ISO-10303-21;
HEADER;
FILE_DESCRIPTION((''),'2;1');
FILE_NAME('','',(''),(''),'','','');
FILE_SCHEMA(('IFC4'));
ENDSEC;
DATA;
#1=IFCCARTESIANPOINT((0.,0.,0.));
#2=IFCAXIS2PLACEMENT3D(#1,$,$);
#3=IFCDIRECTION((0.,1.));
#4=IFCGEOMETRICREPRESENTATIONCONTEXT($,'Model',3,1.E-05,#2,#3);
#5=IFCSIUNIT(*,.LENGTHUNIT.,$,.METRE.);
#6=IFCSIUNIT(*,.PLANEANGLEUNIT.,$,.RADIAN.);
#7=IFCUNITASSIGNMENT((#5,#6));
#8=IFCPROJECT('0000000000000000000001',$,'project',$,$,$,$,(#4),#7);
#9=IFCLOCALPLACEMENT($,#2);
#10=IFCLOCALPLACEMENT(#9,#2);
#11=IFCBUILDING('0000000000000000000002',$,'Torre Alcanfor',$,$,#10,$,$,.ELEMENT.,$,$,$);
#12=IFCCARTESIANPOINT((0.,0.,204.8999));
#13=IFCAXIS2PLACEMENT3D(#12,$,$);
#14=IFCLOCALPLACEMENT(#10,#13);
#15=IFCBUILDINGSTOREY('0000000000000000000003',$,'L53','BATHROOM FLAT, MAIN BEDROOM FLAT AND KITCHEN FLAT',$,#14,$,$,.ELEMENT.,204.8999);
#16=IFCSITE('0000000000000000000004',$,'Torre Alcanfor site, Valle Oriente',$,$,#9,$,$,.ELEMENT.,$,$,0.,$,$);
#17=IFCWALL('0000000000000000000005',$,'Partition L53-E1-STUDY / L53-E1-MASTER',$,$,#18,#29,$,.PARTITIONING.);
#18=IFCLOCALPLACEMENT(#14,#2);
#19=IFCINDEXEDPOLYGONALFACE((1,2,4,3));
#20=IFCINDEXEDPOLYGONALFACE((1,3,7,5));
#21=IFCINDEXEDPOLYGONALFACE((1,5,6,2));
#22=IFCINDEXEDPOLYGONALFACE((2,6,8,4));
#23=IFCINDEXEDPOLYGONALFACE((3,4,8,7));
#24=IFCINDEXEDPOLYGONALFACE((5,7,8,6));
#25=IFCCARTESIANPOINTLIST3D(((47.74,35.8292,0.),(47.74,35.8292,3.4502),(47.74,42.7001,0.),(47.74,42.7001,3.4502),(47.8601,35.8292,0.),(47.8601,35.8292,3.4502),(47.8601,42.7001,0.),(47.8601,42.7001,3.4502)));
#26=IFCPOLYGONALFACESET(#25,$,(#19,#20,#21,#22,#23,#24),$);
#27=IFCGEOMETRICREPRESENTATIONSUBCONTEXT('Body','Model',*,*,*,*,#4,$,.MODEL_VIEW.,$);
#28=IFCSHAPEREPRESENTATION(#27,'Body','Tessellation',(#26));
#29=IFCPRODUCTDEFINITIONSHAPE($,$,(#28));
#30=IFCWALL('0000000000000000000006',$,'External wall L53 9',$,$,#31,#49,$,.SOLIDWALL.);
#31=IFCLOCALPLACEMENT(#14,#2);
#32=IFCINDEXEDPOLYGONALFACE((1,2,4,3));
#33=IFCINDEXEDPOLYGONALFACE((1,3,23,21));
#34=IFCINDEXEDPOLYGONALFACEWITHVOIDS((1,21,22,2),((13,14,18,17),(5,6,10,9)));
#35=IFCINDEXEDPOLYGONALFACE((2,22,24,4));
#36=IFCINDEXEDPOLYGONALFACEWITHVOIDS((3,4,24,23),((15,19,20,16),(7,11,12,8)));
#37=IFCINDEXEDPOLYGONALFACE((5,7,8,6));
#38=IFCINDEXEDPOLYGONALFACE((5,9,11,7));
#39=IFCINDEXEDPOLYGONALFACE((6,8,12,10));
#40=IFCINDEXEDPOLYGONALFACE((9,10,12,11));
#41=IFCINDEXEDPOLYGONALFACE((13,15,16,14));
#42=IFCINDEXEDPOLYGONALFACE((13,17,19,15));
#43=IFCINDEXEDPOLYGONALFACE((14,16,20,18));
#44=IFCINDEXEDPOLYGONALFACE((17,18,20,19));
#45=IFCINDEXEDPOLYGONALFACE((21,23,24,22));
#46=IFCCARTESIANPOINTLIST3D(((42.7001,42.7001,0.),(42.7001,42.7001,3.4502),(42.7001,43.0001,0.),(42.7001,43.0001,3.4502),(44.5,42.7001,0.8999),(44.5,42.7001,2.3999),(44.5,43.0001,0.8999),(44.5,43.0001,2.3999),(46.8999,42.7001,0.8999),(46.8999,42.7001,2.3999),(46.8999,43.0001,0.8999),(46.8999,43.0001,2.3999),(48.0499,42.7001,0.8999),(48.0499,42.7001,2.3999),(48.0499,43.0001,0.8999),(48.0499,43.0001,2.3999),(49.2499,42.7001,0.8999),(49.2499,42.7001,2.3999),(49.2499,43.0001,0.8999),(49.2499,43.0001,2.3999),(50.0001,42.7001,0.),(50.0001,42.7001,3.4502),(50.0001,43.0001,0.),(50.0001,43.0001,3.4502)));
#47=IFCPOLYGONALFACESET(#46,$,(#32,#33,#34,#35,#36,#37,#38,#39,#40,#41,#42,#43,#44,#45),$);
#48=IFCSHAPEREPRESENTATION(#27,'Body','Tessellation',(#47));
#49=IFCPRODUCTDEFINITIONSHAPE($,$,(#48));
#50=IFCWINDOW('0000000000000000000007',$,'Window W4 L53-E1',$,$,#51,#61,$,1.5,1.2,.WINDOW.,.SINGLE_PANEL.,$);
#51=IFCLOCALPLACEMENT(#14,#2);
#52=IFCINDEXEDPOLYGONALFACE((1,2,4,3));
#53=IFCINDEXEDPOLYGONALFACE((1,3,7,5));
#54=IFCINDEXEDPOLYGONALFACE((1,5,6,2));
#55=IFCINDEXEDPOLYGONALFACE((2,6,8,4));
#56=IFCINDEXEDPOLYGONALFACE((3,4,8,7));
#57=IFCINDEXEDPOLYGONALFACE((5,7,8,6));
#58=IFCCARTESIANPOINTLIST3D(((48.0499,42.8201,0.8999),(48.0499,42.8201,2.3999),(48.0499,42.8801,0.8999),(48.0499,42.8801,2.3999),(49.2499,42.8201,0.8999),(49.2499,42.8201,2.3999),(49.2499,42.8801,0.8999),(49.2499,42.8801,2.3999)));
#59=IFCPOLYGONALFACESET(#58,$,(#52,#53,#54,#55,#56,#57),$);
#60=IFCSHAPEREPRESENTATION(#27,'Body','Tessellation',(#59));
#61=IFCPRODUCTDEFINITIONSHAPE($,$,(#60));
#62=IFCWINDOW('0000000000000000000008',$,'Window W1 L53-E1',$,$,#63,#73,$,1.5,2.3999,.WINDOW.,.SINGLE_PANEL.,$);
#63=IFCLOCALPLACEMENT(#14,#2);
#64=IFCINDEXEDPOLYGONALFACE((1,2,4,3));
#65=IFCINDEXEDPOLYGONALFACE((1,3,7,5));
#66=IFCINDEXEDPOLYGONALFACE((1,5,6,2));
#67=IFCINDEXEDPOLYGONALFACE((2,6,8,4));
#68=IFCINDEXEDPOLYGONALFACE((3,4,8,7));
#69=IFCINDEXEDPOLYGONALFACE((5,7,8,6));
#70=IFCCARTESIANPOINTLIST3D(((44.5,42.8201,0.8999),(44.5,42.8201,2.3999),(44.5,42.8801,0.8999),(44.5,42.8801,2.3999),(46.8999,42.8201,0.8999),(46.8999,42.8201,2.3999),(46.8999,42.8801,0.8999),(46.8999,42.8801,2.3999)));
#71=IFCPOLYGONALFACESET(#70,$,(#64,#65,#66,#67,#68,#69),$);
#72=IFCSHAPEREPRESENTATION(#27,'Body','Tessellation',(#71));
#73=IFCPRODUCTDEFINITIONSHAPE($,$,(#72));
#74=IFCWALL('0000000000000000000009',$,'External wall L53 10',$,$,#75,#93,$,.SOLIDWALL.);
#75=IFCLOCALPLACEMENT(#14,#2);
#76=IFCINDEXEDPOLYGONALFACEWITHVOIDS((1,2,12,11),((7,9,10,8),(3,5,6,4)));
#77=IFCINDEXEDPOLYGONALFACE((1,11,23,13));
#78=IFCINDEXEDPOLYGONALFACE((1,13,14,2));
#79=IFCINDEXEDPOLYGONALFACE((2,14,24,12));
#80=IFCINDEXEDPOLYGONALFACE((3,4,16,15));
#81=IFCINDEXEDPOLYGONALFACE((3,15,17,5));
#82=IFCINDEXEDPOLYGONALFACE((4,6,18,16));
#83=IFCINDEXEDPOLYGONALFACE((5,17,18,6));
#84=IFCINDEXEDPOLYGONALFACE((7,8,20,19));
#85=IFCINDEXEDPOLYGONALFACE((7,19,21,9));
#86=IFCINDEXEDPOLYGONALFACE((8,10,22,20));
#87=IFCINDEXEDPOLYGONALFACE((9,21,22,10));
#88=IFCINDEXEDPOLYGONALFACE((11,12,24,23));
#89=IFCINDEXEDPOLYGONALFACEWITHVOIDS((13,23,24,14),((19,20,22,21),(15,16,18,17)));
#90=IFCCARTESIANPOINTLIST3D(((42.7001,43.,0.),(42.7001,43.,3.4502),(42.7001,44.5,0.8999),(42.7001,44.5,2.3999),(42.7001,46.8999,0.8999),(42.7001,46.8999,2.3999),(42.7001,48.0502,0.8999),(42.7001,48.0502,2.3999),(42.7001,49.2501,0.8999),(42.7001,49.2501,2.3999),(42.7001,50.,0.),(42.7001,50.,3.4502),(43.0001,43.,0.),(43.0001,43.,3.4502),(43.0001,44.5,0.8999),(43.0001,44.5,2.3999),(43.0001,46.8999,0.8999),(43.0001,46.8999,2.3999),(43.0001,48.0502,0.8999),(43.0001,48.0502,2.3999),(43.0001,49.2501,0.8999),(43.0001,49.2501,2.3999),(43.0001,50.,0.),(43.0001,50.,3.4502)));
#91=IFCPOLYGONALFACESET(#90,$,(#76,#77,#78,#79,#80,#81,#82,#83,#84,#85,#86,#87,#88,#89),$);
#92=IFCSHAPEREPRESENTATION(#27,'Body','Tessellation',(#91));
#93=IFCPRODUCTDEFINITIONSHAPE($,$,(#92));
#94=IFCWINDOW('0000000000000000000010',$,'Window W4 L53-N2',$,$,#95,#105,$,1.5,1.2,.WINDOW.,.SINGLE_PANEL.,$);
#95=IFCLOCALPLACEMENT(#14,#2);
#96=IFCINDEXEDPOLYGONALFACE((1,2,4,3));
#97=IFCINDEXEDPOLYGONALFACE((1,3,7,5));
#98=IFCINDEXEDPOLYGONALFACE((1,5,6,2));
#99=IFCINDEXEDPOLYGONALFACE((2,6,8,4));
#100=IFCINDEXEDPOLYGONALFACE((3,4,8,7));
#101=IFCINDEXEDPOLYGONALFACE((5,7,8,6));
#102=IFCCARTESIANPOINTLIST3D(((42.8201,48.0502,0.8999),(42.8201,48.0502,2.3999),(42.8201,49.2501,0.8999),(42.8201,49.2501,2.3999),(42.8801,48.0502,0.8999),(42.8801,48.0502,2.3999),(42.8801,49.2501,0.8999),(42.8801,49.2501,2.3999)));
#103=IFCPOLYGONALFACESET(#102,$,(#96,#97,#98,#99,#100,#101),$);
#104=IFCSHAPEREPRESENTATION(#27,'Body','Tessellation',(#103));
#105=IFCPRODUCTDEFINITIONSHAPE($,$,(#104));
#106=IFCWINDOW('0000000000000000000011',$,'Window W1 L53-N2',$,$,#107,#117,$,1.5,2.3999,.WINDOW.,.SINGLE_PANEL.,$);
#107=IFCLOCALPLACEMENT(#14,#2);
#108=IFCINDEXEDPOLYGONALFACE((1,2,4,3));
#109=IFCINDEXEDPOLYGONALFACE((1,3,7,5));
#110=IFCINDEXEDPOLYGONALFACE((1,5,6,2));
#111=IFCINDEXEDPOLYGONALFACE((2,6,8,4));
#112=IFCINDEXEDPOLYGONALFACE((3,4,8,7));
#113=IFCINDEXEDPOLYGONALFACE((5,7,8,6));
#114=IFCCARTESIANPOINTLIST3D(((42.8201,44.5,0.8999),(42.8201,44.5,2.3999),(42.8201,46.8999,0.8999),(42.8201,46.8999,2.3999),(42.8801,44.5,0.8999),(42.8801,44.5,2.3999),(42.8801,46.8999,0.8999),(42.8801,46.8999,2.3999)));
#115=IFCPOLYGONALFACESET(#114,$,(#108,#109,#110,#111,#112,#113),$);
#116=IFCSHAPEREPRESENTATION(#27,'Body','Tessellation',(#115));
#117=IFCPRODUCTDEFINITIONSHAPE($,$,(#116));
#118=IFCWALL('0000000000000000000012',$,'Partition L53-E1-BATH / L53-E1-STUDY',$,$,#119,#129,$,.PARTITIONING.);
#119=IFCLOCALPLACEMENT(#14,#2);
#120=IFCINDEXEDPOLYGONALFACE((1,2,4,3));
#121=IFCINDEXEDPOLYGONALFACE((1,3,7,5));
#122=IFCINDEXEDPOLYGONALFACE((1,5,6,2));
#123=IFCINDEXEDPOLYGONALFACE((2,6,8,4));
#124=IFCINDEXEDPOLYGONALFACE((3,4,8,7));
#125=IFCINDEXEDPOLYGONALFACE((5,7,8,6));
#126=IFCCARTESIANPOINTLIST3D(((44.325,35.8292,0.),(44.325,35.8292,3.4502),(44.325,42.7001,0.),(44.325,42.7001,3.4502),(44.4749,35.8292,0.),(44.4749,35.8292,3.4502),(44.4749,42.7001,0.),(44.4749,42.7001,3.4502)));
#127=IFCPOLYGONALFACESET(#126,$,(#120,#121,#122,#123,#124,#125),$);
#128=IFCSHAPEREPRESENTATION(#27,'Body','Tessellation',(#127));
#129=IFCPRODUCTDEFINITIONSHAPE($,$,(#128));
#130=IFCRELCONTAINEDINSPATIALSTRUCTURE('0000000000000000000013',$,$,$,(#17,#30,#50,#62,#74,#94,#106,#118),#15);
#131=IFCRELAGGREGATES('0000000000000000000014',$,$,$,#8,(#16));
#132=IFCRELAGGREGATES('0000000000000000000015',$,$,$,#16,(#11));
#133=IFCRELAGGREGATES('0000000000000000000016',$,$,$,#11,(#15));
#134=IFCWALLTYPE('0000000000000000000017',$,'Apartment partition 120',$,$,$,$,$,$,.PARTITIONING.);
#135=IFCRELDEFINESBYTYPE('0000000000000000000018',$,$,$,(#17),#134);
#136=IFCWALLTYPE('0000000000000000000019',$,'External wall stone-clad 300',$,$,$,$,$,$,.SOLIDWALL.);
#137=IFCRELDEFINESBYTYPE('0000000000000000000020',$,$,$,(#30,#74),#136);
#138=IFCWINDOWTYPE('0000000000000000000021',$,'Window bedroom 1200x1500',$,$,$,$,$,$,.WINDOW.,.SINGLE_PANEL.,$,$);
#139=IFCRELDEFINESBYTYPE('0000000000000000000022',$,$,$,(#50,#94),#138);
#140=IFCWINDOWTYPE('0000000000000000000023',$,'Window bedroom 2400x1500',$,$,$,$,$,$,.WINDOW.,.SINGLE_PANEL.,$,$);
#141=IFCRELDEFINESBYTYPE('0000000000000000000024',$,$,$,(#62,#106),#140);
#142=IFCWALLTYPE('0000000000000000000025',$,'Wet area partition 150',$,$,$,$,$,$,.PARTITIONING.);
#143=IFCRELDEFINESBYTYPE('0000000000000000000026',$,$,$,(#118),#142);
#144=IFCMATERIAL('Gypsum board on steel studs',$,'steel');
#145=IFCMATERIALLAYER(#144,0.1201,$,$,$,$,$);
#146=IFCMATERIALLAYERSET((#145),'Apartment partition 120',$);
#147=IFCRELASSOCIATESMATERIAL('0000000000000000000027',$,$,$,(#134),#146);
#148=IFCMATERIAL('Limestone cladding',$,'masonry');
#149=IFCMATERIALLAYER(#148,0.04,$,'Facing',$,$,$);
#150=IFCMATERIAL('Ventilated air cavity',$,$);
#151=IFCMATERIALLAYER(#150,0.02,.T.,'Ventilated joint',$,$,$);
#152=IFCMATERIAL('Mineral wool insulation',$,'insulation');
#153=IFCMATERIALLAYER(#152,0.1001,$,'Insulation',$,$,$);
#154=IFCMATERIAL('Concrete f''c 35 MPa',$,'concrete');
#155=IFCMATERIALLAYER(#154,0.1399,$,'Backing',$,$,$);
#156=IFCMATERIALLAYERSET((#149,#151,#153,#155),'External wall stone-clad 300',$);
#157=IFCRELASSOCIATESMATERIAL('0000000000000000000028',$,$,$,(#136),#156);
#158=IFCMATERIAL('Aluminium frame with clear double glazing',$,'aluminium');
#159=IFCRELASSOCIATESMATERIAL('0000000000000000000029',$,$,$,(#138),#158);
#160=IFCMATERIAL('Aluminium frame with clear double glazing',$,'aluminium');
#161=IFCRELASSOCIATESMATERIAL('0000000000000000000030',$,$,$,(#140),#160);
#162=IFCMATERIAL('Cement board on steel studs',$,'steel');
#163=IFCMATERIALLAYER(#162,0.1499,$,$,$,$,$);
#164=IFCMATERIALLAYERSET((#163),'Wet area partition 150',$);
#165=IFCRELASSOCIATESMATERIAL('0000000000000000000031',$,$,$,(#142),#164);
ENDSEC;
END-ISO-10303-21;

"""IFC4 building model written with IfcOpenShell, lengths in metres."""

from ifc_helpers import new_model, si_unit, direction, frame, frame_2d, origin, place, context, subcontext, project, spatial, rectangle, extrude, material, layer, layer_set, type_object, element, fill, save


model = new_model("IFC4")

# Units and contexts
model_context = context("Model", 3, precision=1e-05, world=origin(), true_north=direction((0.0, 1.0)))
body_context = subcontext(model_context, "Body", "Model", "MODEL_VIEW")
ifc_project = project(units=[si_unit("LENGTHUNIT", "METRE"), si_unit("PLANEANGLEUNIT", "RADIAN")], contexts=[model_context])

# Site, building, storey
site_placement = place(None, origin())
site = spatial("IfcSite", under=ifc_project, at=site_placement, Name="Torre Alcanfor site, Valle Oriente", CompositionType="ELEMENT", RefElevation=0.0)
building_placement = place(site_placement, origin())
building = spatial("IfcBuilding", under=site, at=building_placement, Name="Torre Alcanfor", CompositionType="ELEMENT")
storey_placement = place(building_placement, frame((0.0, 0.0, 204.8999)))
storey = spatial("IfcBuildingStorey", under=building, at=storey_placement, Name="L53", Description="BATHROOM FLAT, MAIN BEDROOM FLAT AND KITCHEN FLAT", CompositionType="ELEMENT", Elevation=204.8999)

# Shared definitions
ifc_material_1 = material(Name="Gypsum board on steel studs", Category="steel")
ifc_layer_1 = layer(ifc_material_1, 0.1201)
ifc_layer_set_1 = layer_set([ifc_layer_1], Name="Apartment partition 120")
wall_type_1 = type_object("IfcWallType", Name="Apartment partition 120", PredefinedType="PARTITIONING", material=ifc_layer_set_1)

# Wall
wall_1_placement = place(storey_placement, frame((47.8, 35.8291, 0.0), z_axis=(0.0, 0.0, 1.0), x_axis=(0.0, 1.0, 0.0)))
element("IfcWall", 1, at=wall_1_placement, inside=storey, type_object=wall_type_1, Name="Partition L53-E1-STUDY / L53-E1-MASTER", PredefinedType="PARTITIONING", context=body_context, shape_type="SweptSolid", body=[
    extrude(rectangle(XDim=6.8708, YDim=0.1201, at=frame_2d((3.4355, 0.0))), origin(), (0.0, 0.0, 1.0), 3.4502),
])

# Walls, openings, windows
ifc_material_2 = material(Name="Limestone cladding", Category="masonry")
ifc_layer_2 = layer(ifc_material_2, 0.04, Name="Facing")
ifc_material_3 = material(Name="Ventilated air cavity")
ifc_layer_3 = layer(ifc_material_3, 0.02, ventilated=True, Name="Ventilated joint")
ifc_material_4 = material(Name="Mineral wool insulation", Category="insulation")
ifc_layer_4 = layer(ifc_material_4, 0.1001, Name="Insulation")
ifc_material_5 = material(Name="Concrete f'c 35 MPa", Category="concrete")
ifc_layer_5 = layer(ifc_material_5, 0.1399, Name="Backing")
ifc_layer_set_2 = layer_set([ifc_layer_2, ifc_layer_3, ifc_layer_4, ifc_layer_5], Name="External wall stone-clad 300")
wall_type_2 = type_object("IfcWallType", Name="External wall stone-clad 300", PredefinedType="SOLIDWALL", material=ifc_layer_set_2)
wall_2_placement = place(storey_placement, frame((50.0, 42.8501, 0.0), z_axis=(0.0, 0.0, 1.0), x_axis=(-1.0, 0.0, 0.0)))
wall_2 = element("IfcWall", 2, at=wall_2_placement, inside=storey, type_object=wall_type_2, Name="External wall L53 9", PredefinedType="SOLIDWALL", context=body_context, shape_type="SweptSolid", body=[
    extrude(rectangle(XDim=7.3, YDim=0.3, at=frame_2d((3.6499, 0.0))), origin(), (0.0, 0.0, 1.0), 3.4502),
])
opening_1_placement = place(wall_2_placement, frame((3.1001, 0.0, 0.8999)))
opening_1 = element("IfcOpeningElement", 3, at=opening_1_placement, cuts=wall_2, PredefinedType="OPENING", context=body_context, shape_type="SweptSolid", body=[
    extrude(rectangle(XDim=2.3999, YDim=1.5, at=frame_2d((1.2, 0.75))), frame((0.0, 0.1599, 0.0), z_axis=(0.0, -1.0, 0.0), x_axis=(1.0, 0.0, 0.0)), (0.0, 0.0, 1.0), 0.3201),
])
opening_2_placement = place(wall_2_placement, frame((0.75, 0.0, 0.8999)))
opening_2 = element("IfcOpeningElement", 4, at=opening_2_placement, cuts=wall_2, PredefinedType="OPENING", context=body_context, shape_type="SweptSolid", body=[
    extrude(rectangle(XDim=1.2, YDim=1.5, at=frame_2d((0.6001, 0.75))), frame((0.0, 0.1599, 0.0), z_axis=(0.0, -1.0, 0.0), x_axis=(1.0, 0.0, 0.0)), (0.0, 0.0, 1.0), 0.3201),
])
ifc_material_6 = material(Name="Aluminium frame with clear double glazing", Category="aluminium")
window_type_1 = type_object("IfcWindowType", Name="Window bedroom 1200x1500", PartitioningType="SINGLE_PANEL", PredefinedType="WINDOW", material=ifc_material_6)
window_1_placement = place(opening_2_placement, origin())
window_1 = element("IfcWindow", 5, at=window_1_placement, inside=storey, type_object=window_type_1, Name="Window W4 L53-E1", OverallHeight=1.5, OverallWidth=1.2, PartitioningType="SINGLE_PANEL", PredefinedType="WINDOW", context=body_context, shape_type="SweptSolid", body=[
    extrude(rectangle(XDim=1.2, YDim=1.5, at=frame_2d((0.6001, 0.75))), frame((0.0, 0.03, 0.0), z_axis=(0.0, -1.0, 0.0), x_axis=(1.0, 0.0, 0.0)), (0.0, 0.0, 1.0), 0.0601),
])
fill(opening_2, window_1)
ifc_material_7 = material(Name="Aluminium frame with clear double glazing", Category="aluminium")
window_type_2 = type_object("IfcWindowType", Name="Window bedroom 2400x1500", PartitioningType="SINGLE_PANEL", PredefinedType="WINDOW", material=ifc_material_7)
window_2_placement = place(opening_1_placement, origin())
window_2 = element("IfcWindow", 6, at=window_2_placement, inside=storey, type_object=window_type_2, Name="Window W1 L53-E1", OverallHeight=1.5, OverallWidth=2.3999, PartitioningType="SINGLE_PANEL", PredefinedType="WINDOW", context=body_context, shape_type="SweptSolid", body=[
    extrude(rectangle(XDim=2.3999, YDim=1.5, at=frame_2d((1.2, 0.75))), frame((0.0, 0.03, 0.0), z_axis=(0.0, -1.0, 0.0), x_axis=(1.0, 0.0, 0.0)), (0.0, 0.0, 1.0), 0.0601),
])
fill(opening_1, window_2)
wall_3_placement = place(storey_placement, frame((42.8501, 43.0, 0.0), z_axis=(0.0, 0.0, 1.0), x_axis=(0.0, 1.0, 0.0)))
wall_3 = element("IfcWall", 7, at=wall_3_placement, inside=storey, type_object=wall_type_2, Name="External wall L53 10", PredefinedType="SOLIDWALL", context=body_context, shape_type="SweptSolid", body=[
    extrude(rectangle(XDim=7.0, YDim=0.3, at=frame_2d((3.5, 0.0))), origin(), (0.0, 0.0, 1.0), 3.4502),
])
opening_3_placement = place(wall_3_placement, frame((1.5, 0.0, 0.8999)))
opening_3 = element("IfcOpeningElement", 8, at=opening_3_placement, cuts=wall_3, PredefinedType="OPENING", context=body_context, shape_type="SweptSolid", body=[
    extrude(rectangle(XDim=2.3999, YDim=1.5, at=frame_2d((1.2, 0.75))), frame((0.0, 0.1599, 0.0), z_axis=(0.0, -1.0, 0.0), x_axis=(1.0, 0.0, 0.0)), (0.0, 0.0, 1.0), 0.3201),
])
opening_4_placement = place(wall_3_placement, frame((5.05, 0.0, 0.8999)))
opening_4 = element("IfcOpeningElement", 9, at=opening_4_placement, cuts=wall_3, PredefinedType="OPENING", context=body_context, shape_type="SweptSolid", body=[
    extrude(rectangle(XDim=1.2, YDim=1.5, at=frame_2d((0.6001, 0.75))), frame((0.0, 0.1599, 0.0), z_axis=(0.0, -1.0, 0.0), x_axis=(1.0, 0.0, 0.0)), (0.0, 0.0, 1.0), 0.3201),
])
window_3_placement = place(opening_4_placement, origin())
window_3 = element("IfcWindow", 10, at=window_3_placement, inside=storey, type_object=window_type_1, Name="Window W4 L53-N2", OverallHeight=1.5, OverallWidth=1.2, PartitioningType="SINGLE_PANEL", PredefinedType="WINDOW", context=body_context, shape_type="SweptSolid", body=[
    extrude(rectangle(XDim=1.2, YDim=1.5, at=frame_2d((0.6001, 0.75))), frame((0.0, 0.03, 0.0), z_axis=(0.0, -1.0, 0.0), x_axis=(1.0, 0.0, 0.0)), (0.0, 0.0, 1.0), 0.0601),
])
fill(opening_4, window_3)
window_4_placement = place(opening_3_placement, origin())
window_4 = element("IfcWindow", 11, at=window_4_placement, inside=storey, type_object=window_type_2, Name="Window W1 L53-N2", OverallHeight=1.5, OverallWidth=2.3999, PartitioningType="SINGLE_PANEL", PredefinedType="WINDOW", context=body_context, shape_type="SweptSolid", body=[
    extrude(rectangle(XDim=2.3999, YDim=1.5, at=frame_2d((1.2, 0.75))), frame((0.0, 0.03, 0.0), z_axis=(0.0, -1.0, 0.0), x_axis=(1.0, 0.0, 0.0)), (0.0, 0.0, 1.0), 0.0601),
])
fill(opening_3, window_4)

# Wall
ifc_material_8 = material(Name="Cement board on steel studs", Category="steel")
ifc_layer_6 = layer(ifc_material_8, 0.1499)
ifc_layer_set_3 = layer_set([ifc_layer_6], Name="Wet area partition 150")
wall_type_3 = type_object("IfcWallType", Name="Wet area partition 150", PredefinedType="PARTITIONING", material=ifc_layer_set_3)
wall_4_placement = place(storey_placement, frame((44.3999, 35.8291, 0.0), z_axis=(0.0, 0.0, 1.0), x_axis=(0.0, 1.0, 0.0)))
element("IfcWall", 12, at=wall_4_placement, inside=storey, type_object=wall_type_3, Name="Partition L53-E1-BATH / L53-E1-STUDY", PredefinedType="PARTITIONING", context=body_context, shape_type="SweptSolid", body=[
    extrude(rectangle(XDim=6.8708, YDim=0.1499, at=frame_2d((3.4355, 0.0))), origin(), (0.0, 0.0, 1.0), 3.4502),
])

save(model, "model.ifc")
